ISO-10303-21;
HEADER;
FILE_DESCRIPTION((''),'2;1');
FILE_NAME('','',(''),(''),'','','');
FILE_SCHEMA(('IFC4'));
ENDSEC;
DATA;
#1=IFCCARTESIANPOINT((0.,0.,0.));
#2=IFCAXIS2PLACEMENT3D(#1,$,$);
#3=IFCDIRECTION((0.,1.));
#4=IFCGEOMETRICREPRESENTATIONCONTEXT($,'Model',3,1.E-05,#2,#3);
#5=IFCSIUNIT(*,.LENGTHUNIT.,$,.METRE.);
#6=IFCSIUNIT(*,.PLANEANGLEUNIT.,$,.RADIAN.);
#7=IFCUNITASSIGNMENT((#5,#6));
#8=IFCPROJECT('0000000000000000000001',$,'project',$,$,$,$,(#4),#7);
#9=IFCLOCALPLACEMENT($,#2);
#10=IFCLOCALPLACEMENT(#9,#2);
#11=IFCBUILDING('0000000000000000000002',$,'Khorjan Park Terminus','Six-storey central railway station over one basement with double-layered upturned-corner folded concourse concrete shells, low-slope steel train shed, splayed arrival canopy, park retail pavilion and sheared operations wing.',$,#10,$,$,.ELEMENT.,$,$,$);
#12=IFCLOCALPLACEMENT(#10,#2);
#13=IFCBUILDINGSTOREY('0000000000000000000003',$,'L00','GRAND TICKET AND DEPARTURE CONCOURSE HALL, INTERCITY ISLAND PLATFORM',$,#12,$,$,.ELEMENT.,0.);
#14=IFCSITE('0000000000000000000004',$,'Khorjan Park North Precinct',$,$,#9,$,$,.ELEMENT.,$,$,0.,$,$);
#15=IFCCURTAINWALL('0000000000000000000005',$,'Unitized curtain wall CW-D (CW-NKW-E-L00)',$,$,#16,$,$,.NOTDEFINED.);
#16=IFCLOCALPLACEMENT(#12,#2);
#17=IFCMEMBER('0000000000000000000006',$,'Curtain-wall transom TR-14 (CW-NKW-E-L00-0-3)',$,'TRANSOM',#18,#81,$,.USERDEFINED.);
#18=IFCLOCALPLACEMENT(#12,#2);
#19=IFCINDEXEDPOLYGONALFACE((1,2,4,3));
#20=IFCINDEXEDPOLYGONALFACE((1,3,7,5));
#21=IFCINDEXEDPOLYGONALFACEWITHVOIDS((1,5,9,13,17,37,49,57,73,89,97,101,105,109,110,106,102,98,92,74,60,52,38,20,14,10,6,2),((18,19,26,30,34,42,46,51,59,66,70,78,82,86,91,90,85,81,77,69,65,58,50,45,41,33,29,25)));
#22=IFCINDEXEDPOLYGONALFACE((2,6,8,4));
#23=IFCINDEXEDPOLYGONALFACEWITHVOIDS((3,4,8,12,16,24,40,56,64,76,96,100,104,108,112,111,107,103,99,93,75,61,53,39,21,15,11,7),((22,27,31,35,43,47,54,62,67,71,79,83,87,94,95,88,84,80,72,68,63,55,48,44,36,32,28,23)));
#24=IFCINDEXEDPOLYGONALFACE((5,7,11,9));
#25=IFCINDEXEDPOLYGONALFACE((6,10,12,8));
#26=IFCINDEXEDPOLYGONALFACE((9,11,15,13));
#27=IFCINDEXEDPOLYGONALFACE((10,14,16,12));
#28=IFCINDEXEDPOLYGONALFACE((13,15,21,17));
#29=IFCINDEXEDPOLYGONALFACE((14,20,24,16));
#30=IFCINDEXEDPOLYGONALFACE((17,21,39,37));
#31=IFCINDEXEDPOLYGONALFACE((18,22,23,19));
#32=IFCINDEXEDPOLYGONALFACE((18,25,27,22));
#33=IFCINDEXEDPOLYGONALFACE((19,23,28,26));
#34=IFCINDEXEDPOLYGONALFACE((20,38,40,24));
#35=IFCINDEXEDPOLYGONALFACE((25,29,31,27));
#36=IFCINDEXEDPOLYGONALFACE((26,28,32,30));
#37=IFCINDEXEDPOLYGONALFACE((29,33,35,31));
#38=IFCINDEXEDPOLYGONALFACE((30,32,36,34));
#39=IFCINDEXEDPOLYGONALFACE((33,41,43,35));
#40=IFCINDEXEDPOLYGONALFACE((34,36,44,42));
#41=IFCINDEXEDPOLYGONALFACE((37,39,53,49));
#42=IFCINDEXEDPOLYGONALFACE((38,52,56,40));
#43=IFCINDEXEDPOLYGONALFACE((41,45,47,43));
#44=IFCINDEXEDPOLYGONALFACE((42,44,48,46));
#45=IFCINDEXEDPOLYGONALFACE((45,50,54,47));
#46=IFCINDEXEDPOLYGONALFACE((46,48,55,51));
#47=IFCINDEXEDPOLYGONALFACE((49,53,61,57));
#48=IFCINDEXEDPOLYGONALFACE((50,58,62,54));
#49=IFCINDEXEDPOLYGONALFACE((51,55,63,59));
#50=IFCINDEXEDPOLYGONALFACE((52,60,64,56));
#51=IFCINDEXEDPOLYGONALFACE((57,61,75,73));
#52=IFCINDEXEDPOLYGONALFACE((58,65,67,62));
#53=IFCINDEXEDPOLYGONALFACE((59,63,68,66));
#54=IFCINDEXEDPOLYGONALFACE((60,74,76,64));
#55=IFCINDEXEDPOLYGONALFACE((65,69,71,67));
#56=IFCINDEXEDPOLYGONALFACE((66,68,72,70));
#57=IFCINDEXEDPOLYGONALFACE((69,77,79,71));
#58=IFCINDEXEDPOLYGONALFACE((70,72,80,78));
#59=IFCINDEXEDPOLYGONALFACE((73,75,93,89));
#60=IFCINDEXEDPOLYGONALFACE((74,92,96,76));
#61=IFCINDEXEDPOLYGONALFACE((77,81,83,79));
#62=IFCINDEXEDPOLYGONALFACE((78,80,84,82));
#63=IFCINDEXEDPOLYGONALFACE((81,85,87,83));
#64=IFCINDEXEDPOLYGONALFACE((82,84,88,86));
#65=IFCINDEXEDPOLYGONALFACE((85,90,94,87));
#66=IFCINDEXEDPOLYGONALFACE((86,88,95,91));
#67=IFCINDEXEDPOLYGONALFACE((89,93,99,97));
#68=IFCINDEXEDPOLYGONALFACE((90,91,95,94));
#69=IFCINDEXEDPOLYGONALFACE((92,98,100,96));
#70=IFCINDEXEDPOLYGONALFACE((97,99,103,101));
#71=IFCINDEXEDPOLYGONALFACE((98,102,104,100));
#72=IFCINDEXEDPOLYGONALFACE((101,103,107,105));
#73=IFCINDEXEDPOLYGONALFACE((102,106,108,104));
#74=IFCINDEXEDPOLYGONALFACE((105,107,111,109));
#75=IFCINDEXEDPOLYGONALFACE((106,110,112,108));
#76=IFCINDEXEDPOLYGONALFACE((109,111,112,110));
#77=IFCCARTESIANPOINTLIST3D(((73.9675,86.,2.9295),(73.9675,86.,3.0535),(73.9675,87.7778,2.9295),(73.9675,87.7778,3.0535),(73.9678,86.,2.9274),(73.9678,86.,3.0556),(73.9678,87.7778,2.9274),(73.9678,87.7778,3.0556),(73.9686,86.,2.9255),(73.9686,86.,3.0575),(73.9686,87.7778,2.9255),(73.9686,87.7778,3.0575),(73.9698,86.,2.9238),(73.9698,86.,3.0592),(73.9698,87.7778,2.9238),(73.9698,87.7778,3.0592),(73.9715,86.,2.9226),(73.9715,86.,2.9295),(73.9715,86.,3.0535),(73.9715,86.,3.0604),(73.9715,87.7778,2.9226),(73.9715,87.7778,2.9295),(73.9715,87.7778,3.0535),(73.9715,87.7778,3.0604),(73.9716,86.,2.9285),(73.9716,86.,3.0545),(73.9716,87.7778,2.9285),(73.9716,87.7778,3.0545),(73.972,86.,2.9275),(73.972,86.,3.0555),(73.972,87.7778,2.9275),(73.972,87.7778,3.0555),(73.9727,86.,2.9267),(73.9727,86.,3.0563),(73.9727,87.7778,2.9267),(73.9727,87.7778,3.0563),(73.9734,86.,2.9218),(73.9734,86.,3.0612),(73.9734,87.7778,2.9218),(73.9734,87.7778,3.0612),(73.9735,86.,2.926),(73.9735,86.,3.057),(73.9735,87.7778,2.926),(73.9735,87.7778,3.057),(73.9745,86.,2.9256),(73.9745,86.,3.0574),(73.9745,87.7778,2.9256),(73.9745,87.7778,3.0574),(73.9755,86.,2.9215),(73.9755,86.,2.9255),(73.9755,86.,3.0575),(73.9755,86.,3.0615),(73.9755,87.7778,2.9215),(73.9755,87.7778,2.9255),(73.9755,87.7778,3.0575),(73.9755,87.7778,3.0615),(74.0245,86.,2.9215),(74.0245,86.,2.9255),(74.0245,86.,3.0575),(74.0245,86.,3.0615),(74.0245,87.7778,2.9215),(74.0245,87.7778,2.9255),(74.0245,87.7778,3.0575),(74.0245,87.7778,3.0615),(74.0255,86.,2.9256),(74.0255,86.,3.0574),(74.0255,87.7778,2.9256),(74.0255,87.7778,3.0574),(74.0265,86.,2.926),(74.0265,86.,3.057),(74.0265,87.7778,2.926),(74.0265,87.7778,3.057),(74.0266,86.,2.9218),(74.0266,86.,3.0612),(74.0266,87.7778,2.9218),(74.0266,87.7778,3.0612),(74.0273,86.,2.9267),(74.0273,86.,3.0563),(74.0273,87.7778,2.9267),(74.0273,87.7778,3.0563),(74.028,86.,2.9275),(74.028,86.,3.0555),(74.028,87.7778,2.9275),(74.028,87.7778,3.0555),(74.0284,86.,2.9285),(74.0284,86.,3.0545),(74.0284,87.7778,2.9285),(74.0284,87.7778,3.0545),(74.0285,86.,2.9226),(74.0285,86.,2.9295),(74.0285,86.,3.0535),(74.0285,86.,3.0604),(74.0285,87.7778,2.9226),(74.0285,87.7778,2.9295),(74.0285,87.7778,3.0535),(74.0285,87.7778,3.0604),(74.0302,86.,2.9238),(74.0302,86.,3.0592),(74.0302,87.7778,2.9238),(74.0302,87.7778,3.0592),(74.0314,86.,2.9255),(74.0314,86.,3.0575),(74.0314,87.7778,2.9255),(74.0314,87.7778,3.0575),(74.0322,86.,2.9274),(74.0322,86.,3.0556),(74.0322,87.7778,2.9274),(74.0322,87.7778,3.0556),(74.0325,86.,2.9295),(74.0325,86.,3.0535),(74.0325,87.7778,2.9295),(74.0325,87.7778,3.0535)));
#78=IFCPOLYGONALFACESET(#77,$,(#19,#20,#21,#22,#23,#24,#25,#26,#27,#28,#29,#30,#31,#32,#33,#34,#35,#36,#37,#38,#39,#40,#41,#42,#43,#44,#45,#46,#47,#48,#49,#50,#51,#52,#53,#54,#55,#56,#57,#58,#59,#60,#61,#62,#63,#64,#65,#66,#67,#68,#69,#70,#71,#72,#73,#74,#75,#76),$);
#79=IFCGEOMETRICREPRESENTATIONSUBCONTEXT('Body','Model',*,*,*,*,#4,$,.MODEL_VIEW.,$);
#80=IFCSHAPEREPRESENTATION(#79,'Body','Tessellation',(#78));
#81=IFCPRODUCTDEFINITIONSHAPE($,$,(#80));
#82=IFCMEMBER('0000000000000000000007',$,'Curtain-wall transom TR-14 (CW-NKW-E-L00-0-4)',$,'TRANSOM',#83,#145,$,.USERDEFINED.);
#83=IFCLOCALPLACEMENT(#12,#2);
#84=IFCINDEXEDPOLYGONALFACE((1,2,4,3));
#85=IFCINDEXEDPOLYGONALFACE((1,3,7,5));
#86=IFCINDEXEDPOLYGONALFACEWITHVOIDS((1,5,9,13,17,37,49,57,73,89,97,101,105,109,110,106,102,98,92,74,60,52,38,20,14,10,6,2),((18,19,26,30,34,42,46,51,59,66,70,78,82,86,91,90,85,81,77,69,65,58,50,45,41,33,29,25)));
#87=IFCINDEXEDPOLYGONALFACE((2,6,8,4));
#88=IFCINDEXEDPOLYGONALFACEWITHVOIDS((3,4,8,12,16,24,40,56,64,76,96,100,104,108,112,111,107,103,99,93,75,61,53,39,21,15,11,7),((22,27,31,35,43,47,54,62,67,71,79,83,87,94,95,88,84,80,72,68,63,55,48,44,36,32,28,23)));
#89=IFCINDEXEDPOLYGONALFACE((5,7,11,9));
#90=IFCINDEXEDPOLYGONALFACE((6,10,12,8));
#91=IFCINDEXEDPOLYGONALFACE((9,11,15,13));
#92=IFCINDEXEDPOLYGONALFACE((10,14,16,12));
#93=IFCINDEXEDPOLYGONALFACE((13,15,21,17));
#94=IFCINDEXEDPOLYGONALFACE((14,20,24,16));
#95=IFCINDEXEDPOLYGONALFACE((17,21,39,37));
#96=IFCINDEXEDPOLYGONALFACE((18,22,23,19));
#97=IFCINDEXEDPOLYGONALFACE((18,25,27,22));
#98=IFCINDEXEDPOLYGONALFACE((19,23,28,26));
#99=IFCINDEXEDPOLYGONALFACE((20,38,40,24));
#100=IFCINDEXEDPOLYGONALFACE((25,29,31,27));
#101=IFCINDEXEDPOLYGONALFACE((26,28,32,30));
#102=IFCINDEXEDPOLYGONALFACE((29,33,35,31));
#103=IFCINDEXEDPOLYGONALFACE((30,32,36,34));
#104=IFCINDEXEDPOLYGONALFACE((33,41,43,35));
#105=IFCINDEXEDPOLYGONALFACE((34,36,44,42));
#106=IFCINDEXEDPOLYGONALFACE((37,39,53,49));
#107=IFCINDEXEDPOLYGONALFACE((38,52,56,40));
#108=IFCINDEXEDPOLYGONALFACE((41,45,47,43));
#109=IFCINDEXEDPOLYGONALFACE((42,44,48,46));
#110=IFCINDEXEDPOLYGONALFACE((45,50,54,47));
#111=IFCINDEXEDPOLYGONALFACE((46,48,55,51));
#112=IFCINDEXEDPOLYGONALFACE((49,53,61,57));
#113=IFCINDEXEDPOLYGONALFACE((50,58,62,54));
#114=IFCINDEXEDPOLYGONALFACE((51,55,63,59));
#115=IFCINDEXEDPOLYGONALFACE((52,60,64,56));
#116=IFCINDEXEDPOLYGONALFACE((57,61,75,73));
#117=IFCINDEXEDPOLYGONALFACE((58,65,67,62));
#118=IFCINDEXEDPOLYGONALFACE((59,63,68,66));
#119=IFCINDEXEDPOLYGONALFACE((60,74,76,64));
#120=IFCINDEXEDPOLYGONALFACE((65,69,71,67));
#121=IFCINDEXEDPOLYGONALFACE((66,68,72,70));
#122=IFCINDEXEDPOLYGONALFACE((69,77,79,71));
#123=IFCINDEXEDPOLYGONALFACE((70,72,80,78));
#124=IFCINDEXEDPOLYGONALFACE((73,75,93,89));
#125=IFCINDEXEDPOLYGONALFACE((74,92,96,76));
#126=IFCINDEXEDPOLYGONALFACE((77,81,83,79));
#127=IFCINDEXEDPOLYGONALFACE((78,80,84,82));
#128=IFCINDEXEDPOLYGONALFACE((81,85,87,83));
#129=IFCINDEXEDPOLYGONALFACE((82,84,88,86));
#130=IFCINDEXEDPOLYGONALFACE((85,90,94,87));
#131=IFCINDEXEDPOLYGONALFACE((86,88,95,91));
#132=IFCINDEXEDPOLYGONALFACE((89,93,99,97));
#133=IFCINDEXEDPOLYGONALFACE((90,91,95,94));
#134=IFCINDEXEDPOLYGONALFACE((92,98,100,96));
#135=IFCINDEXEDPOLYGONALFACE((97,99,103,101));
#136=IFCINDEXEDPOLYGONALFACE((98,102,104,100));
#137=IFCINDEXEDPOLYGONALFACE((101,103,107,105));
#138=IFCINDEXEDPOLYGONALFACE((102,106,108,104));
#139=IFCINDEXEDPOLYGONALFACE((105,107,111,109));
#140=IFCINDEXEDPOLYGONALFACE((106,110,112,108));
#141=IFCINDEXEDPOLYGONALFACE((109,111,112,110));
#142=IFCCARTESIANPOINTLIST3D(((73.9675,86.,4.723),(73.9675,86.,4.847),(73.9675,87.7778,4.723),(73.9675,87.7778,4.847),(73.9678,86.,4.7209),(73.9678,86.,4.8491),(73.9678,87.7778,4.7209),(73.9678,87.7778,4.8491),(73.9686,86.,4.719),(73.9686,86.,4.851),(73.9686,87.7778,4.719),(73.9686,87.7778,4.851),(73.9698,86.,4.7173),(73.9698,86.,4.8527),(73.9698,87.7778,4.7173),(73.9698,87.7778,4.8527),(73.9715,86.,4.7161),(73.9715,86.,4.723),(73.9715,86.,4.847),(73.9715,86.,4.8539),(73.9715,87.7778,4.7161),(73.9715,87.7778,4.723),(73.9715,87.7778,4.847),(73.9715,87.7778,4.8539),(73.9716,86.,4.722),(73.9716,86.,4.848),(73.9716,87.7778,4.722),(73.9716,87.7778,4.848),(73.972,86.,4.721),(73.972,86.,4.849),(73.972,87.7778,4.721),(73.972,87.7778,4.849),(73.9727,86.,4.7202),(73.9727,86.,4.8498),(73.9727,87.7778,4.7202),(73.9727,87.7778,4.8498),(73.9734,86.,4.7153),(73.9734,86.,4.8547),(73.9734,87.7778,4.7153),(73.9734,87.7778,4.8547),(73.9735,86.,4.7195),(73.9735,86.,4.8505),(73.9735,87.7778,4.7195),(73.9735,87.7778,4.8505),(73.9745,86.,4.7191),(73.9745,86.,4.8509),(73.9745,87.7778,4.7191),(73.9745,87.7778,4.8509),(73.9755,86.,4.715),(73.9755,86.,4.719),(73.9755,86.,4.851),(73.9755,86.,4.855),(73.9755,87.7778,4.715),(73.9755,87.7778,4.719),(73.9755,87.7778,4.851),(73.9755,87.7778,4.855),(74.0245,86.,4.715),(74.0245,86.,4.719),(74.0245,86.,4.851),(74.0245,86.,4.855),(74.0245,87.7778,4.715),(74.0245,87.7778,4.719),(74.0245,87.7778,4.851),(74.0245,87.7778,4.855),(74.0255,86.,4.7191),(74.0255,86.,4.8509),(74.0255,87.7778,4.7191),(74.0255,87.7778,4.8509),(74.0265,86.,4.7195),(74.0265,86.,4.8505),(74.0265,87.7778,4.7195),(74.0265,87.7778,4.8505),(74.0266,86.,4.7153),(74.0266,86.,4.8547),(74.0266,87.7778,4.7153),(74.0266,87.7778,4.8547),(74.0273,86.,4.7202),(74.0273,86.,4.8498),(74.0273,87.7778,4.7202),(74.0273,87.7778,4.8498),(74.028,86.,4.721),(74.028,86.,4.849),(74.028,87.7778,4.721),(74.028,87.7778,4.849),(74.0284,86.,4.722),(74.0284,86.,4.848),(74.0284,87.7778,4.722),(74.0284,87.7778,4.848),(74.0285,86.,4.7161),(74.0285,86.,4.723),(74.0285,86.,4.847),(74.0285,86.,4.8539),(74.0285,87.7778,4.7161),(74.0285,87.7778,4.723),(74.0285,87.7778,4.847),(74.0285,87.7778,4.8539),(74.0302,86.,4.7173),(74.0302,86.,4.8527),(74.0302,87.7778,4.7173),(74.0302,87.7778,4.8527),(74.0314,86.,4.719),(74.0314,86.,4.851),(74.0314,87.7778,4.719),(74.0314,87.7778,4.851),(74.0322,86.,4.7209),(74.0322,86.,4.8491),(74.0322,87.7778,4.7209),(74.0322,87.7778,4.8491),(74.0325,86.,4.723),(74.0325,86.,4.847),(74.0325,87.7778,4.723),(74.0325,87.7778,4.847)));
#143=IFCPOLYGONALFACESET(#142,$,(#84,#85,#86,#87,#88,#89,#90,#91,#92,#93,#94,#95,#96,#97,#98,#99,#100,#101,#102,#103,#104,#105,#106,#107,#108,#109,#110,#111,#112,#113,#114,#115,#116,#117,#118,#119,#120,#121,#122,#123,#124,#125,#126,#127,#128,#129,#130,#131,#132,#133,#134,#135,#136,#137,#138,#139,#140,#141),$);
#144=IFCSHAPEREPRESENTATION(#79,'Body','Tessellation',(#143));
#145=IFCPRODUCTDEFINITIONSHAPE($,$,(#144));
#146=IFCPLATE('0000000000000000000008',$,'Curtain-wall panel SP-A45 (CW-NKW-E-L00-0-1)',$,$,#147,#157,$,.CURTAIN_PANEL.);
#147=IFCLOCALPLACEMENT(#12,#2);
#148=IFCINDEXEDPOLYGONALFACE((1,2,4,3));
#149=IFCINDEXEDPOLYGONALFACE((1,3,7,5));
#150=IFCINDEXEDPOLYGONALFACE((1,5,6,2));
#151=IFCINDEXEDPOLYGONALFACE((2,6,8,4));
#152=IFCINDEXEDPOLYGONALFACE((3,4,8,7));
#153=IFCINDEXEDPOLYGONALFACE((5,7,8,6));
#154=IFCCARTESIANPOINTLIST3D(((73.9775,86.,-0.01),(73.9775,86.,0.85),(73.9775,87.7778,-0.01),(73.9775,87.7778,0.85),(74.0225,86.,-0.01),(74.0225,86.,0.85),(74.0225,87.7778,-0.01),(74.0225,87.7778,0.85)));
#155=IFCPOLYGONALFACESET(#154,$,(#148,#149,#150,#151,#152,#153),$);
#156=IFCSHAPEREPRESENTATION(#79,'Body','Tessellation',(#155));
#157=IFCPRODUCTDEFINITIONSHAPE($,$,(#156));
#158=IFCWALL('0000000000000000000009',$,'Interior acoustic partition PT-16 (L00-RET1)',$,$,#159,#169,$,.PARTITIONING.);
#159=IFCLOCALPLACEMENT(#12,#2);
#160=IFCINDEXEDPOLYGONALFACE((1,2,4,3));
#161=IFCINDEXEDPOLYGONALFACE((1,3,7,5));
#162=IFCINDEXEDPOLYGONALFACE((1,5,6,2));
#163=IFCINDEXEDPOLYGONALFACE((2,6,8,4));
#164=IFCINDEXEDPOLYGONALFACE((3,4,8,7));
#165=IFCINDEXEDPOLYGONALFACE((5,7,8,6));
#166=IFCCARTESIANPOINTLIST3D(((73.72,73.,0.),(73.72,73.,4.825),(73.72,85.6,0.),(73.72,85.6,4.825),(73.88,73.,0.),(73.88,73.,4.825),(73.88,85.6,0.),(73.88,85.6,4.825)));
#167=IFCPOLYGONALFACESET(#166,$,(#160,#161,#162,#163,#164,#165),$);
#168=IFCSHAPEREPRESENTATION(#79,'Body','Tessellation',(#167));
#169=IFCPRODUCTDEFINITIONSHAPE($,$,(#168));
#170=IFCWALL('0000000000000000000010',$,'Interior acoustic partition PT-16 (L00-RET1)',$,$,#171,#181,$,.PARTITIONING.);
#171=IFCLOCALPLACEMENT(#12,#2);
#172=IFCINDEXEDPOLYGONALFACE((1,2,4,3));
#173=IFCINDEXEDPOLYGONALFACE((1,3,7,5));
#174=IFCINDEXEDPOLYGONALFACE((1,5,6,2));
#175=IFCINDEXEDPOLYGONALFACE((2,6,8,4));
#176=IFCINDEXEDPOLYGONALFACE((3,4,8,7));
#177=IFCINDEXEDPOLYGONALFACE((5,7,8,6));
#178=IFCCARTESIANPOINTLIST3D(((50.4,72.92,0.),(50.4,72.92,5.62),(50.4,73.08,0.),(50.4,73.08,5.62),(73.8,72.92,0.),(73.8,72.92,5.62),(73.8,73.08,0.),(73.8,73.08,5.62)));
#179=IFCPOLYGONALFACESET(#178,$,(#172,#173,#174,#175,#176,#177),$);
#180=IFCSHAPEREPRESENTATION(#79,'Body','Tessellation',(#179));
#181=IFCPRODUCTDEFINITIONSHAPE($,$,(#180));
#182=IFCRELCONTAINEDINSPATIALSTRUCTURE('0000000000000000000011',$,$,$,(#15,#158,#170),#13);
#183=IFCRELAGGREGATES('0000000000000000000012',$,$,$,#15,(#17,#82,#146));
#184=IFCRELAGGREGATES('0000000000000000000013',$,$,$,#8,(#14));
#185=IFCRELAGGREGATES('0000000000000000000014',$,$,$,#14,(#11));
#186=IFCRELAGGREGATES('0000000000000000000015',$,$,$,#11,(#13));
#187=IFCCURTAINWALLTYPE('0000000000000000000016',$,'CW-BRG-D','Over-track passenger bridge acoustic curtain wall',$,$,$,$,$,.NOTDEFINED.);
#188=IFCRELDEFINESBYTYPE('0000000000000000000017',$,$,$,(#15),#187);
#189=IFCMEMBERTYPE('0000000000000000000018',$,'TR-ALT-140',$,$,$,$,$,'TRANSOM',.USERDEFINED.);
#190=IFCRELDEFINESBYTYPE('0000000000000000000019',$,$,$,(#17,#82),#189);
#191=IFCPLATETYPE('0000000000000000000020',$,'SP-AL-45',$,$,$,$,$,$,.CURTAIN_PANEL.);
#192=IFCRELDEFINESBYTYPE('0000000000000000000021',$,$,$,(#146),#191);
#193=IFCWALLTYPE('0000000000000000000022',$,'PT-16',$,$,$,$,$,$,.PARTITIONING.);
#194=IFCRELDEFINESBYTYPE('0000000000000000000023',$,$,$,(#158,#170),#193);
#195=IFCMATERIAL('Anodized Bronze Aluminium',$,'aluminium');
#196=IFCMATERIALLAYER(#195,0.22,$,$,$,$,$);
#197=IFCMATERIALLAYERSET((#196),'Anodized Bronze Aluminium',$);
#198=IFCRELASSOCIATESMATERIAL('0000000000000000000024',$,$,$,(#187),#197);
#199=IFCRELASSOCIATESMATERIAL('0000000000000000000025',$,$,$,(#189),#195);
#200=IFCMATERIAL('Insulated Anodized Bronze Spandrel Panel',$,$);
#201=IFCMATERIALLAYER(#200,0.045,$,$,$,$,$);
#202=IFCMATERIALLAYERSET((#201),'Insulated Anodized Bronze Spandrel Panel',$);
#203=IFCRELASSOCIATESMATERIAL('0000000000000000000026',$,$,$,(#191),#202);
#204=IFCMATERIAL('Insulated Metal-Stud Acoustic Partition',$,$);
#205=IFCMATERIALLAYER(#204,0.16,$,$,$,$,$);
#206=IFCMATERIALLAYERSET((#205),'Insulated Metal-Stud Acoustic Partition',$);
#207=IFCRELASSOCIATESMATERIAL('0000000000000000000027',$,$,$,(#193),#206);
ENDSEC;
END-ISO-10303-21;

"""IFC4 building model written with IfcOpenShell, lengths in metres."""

from ifc_helpers import new_model, si_unit, direction, frame, frame_2d, origin, origin_2d, place, context, subcontext, project, spatial, rectangle, hollow_rectangle, extrude, material, layer, layer_set, material_profile, profile_set, type_object, element, aggregate, save


model = new_model("IFC4")

# Units and contexts
model_context = context("Model", 3, precision=1e-05, world=origin(), true_north=direction((0.0, 1.0)))
body_context = subcontext(model_context, "Body", "Model", "MODEL_VIEW")
ifc_project = project(units=[si_unit("LENGTHUNIT", "METRE"), si_unit("PLANEANGLEUNIT", "RADIAN")], contexts=[model_context])

# Site, building, storey
site_placement = place(None, origin())
site = spatial("IfcSite", under=ifc_project, at=site_placement, Name="Khorjan Park North Precinct", CompositionType="ELEMENT", RefElevation=0.0)
building_placement = place(site_placement, origin())
building = spatial("IfcBuilding", under=site, at=building_placement, Name="Khorjan Park Terminus", Description="Six-storey central railway station over one basement with double-layered upturned-corner folded concourse concrete shells, low-slope steel train shed, splayed arrival canopy, park retail pavilion and sheared operations wing.", CompositionType="ELEMENT")
storey_placement = place(building_placement, origin())
storey = spatial("IfcBuildingStorey", under=building, at=storey_placement, Name="L00", Description="GRAND TICKET AND DEPARTURE CONCOURSE HALL, INTERCITY ISLAND PLATFORM", CompositionType="ELEMENT", Elevation=0.0)

# Curtain wall, members, plate
ifc_material_1 = material(Name="Anodized Bronze Aluminium", Category="aluminium")
ifc_layer_1 = layer(ifc_material_1, 0.22)
ifc_layer_set_1 = layer_set([ifc_layer_1], Name="Anodized Bronze Aluminium")
curtain_wall_type = type_object("IfcCurtainWallType", Name="CW-BRG-D", Description="Over-track passenger bridge acoustic curtain wall", PredefinedType="NOTDEFINED", material=ifc_layer_set_1)
curtain_wall_placement = place(storey_placement, origin())
curtain_wall = element("IfcCurtainWall", 1, at=curtain_wall_placement, inside=storey, type_object=curtain_wall_type, Name="Unitized curtain wall CW-D (CW-NKW-E-L00)", PredefinedType="NOTDEFINED")
ifc_material_profile_1 = material_profile(ifc_material_1, hollow_rectangle(XDim=0.065, YDim=0.14, WallThickness=0.004, InnerFilletRadius=0.004, OuterFilletRadius=0.008, at=origin_2d()), Name="ALT 65x140x4")
ifc_profile_set_1 = profile_set([ifc_material_profile_1], Name="Anodized Bronze Aluminium")
member_type_1 = type_object("IfcMemberType", Name="TR-ALT-140", ElementType="TRANSOM", PredefinedType="USERDEFINED", material=ifc_profile_set_1)
member_1_placement = place(storey_placement, frame((74.0, 86.0, 2.9915), z_axis=(0.0, 1.0, 0.0), x_axis=(-1.0, 0.0, 0.0)))
member_1 = element("IfcMember", 2, at=member_1_placement, type_object=member_type_1, Name="Curtain-wall transom TR-14 (CW-NKW-E-L00-0-3)", ObjectType="TRANSOM", PredefinedType="USERDEFINED", context=body_context, shape_type="SweptSolid", body=[
    extrude(hollow_rectangle(XDim=0.065, YDim=0.14, WallThickness=0.004, InnerFilletRadius=0.004, OuterFilletRadius=0.008, at=origin_2d()), origin(), (0.0, 0.0, 1.0), 1.7778),
])
member_2_placement = place(storey_placement, frame((74.0, 86.0, 4.785), z_axis=(0.0, 1.0, 0.0), x_axis=(-1.0, 0.0, 0.0)))
member_2 = element("IfcMember", 3, at=member_2_placement, type_object=member_type_1, Name="Curtain-wall transom TR-14 (CW-NKW-E-L00-0-4)", ObjectType="TRANSOM", PredefinedType="USERDEFINED", context=body_context, shape_type="SweptSolid", body=[
    extrude(hollow_rectangle(XDim=0.065, YDim=0.14, WallThickness=0.004, InnerFilletRadius=0.004, OuterFilletRadius=0.008, at=origin_2d()), origin(), (0.0, 0.0, 1.0), 1.7778),
])
ifc_material_2 = material(Name="Insulated Anodized Bronze Spandrel Panel")
ifc_layer_2 = layer(ifc_material_2, 0.045)
ifc_layer_set_2 = layer_set([ifc_layer_2], Name="Insulated Anodized Bronze Spandrel Panel")
plate_type = type_object("IfcPlateType", Name="SP-AL-45", PredefinedType="CURTAIN_PANEL", material=ifc_layer_set_2)
plate_placement = place(storey_placement, frame((74.0, 86.8889, -0.01), z_axis=(0.0, 0.0, 1.0), x_axis=(0.0, 1.0, 0.0)))
plate = element("IfcPlate", 4, at=plate_placement, type_object=plate_type, Name="Curtain-wall panel SP-A45 (CW-NKW-E-L00-0-1)", PredefinedType="CURTAIN_PANEL", context=body_context, shape_type="SweptSolid", body=[
    extrude(rectangle(XDim=1.7778, YDim=0.045, at=origin_2d()), origin(), (0.0, 0.0, 1.0), 0.86),
])
aggregate(curtain_wall, [member_1, member_2, plate])

# Walls
ifc_material_3 = material(Name="Insulated Metal-Stud Acoustic Partition")
ifc_layer_3 = layer(ifc_material_3, 0.16)
ifc_layer_set_3 = layer_set([ifc_layer_3], Name="Insulated Metal-Stud Acoustic Partition")
wall_type = type_object("IfcWallType", Name="PT-16", PredefinedType="PARTITIONING", material=ifc_layer_set_3)
wall_1_placement = place(storey_placement, frame((73.8, 85.6, 0.0), z_axis=(0.0, 0.0, 1.0), x_axis=(0.0, -1.0, 0.0)))
element("IfcWall", 5, at=wall_1_placement, inside=storey, type_object=wall_type, Name="Interior acoustic partition PT-16 (L00-RET1)", PredefinedType="PARTITIONING", context=body_context, shape_type="SweptSolid", body=[
    extrude(rectangle(XDim=12.6, YDim=0.16, at=frame_2d((6.3, 0.0))), origin(), (0.0, 0.0, 1.0), 4.825),
])
wall_2_placement = place(storey_placement, frame((73.8, 73.0, 0.0), z_axis=(0.0, 0.0, 1.0), x_axis=(-1.0, 0.0, 0.0)))
element("IfcWall", 6, at=wall_2_placement, inside=storey, type_object=wall_type, Name="Interior acoustic partition PT-16 (L00-RET1)", PredefinedType="PARTITIONING", context=body_context, shape_type="SweptSolid", body=[
    extrude(rectangle(XDim=23.4, YDim=0.16, at=frame_2d((11.7, 0.0))), origin(), (0.0, 0.0, 1.0), 5.62),
])

save(model, "model.ifc")
